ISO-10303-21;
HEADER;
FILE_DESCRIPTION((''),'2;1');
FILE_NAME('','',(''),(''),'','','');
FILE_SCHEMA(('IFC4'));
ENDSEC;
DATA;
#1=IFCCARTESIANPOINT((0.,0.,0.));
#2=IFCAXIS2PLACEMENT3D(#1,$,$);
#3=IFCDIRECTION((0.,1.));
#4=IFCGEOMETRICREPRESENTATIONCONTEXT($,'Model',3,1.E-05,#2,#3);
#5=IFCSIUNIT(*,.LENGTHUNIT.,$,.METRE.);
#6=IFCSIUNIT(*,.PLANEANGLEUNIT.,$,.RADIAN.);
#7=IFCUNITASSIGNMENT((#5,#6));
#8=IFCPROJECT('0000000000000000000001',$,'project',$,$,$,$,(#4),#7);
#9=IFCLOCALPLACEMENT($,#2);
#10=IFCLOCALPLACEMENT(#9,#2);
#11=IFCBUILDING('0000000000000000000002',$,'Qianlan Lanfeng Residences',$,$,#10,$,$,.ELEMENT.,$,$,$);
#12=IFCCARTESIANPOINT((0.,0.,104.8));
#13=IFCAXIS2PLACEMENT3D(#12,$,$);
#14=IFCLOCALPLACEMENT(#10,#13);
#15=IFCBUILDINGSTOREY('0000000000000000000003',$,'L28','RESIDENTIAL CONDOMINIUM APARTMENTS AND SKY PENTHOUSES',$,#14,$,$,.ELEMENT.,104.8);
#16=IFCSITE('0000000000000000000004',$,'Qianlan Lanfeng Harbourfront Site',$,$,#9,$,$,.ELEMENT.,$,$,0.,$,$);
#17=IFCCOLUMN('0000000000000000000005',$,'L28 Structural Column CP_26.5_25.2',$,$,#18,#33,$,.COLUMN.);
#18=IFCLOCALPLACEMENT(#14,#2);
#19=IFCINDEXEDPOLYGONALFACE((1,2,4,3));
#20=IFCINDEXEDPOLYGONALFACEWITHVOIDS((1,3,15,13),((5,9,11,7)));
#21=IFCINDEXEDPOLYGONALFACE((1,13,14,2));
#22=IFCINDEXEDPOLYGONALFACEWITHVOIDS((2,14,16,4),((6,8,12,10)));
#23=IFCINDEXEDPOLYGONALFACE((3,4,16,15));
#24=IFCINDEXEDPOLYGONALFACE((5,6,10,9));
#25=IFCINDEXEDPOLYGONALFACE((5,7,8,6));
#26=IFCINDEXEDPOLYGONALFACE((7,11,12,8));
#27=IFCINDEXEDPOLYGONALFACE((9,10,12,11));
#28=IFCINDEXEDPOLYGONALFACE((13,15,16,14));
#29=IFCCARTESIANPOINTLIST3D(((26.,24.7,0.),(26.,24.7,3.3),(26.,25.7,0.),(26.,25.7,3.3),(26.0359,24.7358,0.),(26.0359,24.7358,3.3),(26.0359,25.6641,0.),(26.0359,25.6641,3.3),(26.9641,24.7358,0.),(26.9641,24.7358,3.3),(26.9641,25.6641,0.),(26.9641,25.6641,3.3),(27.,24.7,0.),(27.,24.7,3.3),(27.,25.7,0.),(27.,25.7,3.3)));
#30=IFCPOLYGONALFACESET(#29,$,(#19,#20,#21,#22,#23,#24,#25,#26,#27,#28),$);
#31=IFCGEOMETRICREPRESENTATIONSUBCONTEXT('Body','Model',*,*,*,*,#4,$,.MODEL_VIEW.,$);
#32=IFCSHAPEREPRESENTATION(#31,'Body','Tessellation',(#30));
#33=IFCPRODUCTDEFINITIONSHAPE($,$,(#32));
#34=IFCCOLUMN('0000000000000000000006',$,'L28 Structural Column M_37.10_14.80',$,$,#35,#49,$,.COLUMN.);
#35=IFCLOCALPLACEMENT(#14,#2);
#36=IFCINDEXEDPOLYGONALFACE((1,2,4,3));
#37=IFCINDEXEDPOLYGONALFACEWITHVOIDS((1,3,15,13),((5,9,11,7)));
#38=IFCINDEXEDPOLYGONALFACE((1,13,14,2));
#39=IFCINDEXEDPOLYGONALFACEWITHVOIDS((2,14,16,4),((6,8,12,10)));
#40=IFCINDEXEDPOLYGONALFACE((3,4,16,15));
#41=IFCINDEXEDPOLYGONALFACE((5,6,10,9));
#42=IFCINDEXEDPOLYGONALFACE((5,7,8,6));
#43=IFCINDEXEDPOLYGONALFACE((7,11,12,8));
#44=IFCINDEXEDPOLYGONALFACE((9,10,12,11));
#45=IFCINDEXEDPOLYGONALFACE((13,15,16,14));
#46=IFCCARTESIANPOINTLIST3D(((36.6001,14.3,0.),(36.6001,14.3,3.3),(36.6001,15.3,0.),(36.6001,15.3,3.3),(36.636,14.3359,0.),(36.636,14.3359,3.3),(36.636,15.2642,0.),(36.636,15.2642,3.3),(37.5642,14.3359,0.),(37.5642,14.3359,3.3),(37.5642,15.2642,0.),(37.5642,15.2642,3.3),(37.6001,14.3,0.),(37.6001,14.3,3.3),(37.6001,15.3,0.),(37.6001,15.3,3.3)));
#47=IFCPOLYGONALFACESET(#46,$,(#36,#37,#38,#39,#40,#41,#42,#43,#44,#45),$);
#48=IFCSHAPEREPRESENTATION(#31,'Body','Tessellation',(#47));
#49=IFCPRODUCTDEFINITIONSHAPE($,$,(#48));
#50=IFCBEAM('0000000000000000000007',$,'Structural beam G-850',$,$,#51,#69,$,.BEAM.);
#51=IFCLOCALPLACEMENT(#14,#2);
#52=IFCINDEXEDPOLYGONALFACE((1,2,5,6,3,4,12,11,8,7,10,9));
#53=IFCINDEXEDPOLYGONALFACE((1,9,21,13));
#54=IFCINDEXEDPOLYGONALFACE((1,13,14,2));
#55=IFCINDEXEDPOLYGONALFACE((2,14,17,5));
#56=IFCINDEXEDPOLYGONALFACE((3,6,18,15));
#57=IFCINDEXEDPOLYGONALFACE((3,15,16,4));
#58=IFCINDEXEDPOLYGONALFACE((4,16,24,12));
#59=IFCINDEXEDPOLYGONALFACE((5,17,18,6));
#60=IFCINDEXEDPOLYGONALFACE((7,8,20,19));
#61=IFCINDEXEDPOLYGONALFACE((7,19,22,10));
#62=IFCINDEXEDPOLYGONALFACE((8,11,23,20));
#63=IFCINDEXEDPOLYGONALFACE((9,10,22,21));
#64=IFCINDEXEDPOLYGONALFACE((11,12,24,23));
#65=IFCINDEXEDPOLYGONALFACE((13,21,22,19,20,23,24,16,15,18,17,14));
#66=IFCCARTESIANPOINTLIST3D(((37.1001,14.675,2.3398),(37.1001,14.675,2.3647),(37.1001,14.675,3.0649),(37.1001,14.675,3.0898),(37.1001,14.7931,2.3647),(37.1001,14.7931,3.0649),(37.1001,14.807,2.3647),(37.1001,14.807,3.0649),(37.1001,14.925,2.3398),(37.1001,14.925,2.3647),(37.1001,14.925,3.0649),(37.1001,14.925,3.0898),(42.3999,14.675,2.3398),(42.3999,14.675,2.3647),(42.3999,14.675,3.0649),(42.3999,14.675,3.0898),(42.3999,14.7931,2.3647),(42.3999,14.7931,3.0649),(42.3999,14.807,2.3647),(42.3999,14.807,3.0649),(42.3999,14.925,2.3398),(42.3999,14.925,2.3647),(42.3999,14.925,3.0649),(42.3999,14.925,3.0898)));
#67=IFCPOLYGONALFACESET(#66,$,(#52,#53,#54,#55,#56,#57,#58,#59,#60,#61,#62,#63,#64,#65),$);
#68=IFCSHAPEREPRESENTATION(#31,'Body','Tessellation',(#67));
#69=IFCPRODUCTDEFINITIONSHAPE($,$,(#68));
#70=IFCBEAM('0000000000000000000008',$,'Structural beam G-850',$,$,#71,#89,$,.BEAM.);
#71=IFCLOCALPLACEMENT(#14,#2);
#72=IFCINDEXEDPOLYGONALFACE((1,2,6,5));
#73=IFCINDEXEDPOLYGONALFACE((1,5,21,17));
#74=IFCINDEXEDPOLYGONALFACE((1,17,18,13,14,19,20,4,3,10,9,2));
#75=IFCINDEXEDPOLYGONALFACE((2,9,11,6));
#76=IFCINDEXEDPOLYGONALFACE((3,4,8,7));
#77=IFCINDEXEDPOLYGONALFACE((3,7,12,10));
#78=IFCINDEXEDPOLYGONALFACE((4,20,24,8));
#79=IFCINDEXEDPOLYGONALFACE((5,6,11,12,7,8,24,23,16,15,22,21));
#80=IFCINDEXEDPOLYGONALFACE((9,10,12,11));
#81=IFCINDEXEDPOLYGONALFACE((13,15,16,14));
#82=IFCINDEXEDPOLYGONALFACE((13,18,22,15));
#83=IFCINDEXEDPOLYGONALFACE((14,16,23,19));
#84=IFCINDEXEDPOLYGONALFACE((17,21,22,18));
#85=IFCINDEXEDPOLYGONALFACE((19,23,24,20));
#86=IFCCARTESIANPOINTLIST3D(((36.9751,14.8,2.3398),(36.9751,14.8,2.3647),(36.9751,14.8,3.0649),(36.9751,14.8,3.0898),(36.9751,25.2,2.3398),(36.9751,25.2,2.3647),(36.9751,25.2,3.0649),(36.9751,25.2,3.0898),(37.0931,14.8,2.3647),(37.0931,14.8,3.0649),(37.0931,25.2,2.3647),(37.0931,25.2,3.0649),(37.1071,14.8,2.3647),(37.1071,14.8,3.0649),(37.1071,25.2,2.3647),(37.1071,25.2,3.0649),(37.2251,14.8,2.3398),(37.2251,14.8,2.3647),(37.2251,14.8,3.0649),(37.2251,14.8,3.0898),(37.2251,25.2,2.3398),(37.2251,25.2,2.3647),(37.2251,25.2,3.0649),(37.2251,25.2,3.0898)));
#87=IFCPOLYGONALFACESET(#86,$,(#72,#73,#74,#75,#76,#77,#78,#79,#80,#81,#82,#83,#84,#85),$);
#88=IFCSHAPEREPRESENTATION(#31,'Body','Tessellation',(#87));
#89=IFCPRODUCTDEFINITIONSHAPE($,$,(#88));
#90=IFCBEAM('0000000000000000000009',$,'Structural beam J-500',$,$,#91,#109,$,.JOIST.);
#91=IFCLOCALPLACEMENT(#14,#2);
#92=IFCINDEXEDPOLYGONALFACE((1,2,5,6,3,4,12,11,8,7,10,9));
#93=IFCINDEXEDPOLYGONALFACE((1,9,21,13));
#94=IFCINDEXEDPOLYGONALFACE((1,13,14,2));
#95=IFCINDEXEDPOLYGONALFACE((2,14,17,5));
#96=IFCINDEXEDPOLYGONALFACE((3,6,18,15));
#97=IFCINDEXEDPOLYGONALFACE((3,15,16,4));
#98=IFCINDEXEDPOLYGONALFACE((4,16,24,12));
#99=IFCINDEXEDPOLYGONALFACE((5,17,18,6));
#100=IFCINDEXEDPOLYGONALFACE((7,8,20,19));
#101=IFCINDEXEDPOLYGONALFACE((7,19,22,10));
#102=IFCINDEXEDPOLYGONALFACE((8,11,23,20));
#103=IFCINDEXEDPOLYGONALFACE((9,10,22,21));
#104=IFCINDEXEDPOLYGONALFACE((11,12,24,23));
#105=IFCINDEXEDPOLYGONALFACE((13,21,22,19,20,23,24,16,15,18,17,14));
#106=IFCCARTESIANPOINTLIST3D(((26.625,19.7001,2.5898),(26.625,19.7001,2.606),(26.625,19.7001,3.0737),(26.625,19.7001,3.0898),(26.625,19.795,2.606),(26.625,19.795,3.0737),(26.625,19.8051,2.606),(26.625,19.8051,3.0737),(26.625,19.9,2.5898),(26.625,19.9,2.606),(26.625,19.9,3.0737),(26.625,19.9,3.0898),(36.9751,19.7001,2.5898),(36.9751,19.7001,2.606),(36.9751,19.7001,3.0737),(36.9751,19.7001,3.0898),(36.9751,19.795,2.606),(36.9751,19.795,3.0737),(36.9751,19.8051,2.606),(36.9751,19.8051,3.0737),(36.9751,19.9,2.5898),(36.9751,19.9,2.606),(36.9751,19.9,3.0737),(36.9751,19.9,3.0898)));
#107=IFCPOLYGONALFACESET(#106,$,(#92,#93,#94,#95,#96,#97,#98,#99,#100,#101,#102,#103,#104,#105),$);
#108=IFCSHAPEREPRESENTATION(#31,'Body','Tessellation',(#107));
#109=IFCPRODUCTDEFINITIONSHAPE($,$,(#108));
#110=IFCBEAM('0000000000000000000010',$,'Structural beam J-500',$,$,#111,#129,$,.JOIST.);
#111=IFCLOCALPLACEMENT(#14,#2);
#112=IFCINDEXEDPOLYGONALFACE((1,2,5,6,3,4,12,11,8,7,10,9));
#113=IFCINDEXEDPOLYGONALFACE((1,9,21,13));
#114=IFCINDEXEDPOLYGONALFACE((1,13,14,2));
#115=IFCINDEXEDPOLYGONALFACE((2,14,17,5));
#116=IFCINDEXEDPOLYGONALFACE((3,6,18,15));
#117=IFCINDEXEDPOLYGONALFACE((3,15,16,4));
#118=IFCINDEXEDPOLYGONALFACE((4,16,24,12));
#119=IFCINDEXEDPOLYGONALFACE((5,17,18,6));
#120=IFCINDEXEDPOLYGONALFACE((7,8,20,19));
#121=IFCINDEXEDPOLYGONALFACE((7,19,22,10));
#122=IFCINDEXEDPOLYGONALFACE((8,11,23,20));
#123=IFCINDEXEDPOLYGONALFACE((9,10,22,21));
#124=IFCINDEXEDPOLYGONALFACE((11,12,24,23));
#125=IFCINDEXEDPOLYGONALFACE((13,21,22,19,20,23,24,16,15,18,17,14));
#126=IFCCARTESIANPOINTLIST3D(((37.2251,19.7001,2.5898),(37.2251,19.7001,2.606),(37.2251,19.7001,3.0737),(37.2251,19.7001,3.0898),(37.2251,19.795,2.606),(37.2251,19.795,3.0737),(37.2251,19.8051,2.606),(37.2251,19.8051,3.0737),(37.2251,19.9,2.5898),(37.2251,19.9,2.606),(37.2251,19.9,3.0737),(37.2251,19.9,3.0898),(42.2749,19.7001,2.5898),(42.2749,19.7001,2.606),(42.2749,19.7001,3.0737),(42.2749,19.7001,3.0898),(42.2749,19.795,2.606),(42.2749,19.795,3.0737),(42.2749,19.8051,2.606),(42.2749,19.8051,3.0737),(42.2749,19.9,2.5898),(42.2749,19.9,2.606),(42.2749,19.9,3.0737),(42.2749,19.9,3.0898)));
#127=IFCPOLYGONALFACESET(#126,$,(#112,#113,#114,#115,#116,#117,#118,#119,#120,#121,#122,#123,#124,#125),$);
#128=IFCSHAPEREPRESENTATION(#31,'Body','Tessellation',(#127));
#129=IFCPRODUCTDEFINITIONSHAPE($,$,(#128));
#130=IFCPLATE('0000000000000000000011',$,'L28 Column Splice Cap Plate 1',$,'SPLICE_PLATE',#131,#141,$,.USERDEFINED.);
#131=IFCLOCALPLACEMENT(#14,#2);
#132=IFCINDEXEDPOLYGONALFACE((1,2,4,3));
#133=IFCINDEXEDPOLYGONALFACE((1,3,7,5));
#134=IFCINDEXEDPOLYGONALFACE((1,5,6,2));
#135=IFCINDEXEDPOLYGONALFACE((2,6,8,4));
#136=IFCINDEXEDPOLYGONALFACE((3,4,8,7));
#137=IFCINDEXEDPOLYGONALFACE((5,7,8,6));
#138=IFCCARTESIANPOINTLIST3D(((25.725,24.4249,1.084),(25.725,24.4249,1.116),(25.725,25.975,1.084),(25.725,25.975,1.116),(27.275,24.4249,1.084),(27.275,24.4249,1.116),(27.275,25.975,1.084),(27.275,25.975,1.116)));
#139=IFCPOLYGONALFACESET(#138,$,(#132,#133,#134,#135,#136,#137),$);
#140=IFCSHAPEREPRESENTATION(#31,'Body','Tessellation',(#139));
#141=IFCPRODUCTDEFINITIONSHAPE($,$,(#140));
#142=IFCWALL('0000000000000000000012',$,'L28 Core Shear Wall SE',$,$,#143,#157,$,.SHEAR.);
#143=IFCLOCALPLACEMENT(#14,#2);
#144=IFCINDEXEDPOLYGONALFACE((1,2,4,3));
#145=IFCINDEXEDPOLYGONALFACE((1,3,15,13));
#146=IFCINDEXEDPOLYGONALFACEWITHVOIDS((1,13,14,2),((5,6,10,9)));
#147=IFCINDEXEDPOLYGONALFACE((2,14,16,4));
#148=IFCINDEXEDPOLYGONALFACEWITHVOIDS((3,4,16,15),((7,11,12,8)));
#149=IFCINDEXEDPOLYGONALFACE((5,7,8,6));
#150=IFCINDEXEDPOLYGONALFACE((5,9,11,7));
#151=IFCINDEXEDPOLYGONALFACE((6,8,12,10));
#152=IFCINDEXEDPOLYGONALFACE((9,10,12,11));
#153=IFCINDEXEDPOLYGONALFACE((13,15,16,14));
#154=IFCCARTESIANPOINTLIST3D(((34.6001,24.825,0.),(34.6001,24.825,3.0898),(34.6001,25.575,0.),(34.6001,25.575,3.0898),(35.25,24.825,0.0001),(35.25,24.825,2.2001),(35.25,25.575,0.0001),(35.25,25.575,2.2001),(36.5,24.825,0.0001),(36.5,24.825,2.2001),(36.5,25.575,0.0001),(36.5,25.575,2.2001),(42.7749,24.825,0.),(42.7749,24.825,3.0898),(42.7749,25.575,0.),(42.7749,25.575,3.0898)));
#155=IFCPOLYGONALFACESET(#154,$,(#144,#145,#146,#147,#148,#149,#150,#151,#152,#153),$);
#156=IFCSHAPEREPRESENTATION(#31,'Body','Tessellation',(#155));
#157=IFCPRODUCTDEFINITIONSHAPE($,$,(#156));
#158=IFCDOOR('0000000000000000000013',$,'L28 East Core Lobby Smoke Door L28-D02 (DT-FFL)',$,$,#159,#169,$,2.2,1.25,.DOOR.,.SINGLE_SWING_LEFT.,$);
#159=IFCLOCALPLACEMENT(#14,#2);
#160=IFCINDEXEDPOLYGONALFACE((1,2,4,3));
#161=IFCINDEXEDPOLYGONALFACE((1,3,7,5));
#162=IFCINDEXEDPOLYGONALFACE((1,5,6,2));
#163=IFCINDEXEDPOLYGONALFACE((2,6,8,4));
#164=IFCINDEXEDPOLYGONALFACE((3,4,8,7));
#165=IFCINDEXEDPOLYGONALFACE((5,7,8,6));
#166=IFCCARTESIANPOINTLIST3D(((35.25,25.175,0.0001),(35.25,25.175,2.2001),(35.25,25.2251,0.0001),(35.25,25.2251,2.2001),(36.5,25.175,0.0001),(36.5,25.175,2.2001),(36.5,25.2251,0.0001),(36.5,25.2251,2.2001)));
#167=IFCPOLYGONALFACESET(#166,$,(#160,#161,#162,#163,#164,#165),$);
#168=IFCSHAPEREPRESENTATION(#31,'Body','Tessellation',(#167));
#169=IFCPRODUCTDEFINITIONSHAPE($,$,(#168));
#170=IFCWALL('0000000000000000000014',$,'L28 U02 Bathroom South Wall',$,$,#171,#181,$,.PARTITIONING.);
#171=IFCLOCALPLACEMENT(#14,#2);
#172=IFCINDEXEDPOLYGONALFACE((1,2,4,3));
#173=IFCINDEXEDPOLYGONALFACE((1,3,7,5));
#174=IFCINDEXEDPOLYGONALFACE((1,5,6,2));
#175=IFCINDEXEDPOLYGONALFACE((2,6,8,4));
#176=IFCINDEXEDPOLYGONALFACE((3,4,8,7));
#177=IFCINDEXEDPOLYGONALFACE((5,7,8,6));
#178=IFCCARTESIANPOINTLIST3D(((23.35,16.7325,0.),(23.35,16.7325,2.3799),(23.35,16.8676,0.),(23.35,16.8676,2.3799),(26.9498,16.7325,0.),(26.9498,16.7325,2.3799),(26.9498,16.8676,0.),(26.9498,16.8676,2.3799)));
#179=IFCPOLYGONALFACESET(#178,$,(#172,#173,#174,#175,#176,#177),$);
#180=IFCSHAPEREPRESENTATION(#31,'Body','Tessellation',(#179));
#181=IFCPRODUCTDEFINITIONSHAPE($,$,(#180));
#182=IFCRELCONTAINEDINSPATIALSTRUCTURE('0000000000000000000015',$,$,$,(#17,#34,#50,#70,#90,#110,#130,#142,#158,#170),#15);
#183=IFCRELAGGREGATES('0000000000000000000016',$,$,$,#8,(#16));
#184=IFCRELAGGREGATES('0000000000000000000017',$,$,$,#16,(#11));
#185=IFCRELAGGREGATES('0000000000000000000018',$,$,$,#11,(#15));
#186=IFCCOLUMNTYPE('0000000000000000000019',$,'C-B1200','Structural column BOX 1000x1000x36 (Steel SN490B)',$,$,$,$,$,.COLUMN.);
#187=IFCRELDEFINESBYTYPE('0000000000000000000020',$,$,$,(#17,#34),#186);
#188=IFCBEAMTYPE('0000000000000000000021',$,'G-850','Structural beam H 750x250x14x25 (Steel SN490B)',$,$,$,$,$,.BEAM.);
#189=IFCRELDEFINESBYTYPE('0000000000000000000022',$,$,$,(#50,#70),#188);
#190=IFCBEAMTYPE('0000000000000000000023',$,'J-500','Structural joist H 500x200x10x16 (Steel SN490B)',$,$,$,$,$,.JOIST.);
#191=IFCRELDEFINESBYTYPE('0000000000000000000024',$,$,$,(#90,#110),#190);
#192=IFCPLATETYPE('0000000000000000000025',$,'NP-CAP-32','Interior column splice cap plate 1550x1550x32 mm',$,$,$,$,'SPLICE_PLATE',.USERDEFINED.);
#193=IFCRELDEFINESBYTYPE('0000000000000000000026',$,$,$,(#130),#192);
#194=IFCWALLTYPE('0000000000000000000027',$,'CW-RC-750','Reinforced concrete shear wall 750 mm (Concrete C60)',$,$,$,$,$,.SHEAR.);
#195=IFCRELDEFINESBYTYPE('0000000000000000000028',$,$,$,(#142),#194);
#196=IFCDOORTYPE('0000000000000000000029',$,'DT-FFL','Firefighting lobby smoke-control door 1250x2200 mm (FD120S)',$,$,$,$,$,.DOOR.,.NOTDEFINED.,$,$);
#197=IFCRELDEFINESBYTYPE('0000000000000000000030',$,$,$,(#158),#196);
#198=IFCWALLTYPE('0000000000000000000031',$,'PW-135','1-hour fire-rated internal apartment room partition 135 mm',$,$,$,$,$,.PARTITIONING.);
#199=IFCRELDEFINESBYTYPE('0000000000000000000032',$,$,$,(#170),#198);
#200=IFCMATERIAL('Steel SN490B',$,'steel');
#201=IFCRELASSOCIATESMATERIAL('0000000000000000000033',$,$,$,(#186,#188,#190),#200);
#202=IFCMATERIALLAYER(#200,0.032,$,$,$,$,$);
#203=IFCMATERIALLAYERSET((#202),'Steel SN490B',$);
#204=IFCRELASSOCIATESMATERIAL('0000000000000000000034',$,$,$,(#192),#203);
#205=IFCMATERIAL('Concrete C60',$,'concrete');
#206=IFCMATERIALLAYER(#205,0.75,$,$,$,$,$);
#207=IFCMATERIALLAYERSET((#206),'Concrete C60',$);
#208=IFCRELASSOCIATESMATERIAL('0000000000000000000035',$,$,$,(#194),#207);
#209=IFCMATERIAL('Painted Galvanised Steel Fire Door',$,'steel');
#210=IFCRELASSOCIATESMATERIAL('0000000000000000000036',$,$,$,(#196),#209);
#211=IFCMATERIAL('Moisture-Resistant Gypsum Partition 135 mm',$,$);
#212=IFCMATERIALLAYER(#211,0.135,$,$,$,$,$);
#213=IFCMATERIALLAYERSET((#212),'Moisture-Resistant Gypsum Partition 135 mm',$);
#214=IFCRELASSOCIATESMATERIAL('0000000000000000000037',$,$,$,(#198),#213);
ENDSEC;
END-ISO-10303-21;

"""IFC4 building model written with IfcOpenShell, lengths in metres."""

from ifc_helpers import new_model, si_unit, direction, frame, frame_2d, origin, origin_2d, place, context, subcontext, project, spatial, rectangle, hollow_rectangle, i_section, extrude, source, transform, mapped, material, layer, layer_set, material_profile, profile_set, type_object, element, fill, save


model = new_model("IFC4")

# Units and contexts
model_context = context("Model", 3, precision=1e-05, world=origin(), true_north=direction((0.0, 1.0)))
body_context = subcontext(model_context, "Body", "Model", "MODEL_VIEW")
ifc_project = project(units=[si_unit("LENGTHUNIT", "METRE"), si_unit("PLANEANGLEUNIT", "RADIAN")], contexts=[model_context])

# Site, building, storey
site_placement = place(None, origin())
site = spatial("IfcSite", under=ifc_project, at=site_placement, Name="Qianlan Lanfeng Harbourfront Site", CompositionType="ELEMENT", RefElevation=0.0)
building_placement = place(site_placement, origin())
building = spatial("IfcBuilding", under=site, at=building_placement, Name="Qianlan Lanfeng Residences", CompositionType="ELEMENT")
storey_placement = place(building_placement, frame((0.0, 0.0, 104.8)))
storey = spatial("IfcBuildingStorey", under=building, at=storey_placement, Name="L28", Description="RESIDENTIAL CONDOMINIUM APARTMENTS AND SKY PENTHOUSES", CompositionType="ELEMENT", Elevation=104.8)

# Columns
ifc_material_1 = material(Name="Steel SN490B", Category="steel")
ifc_material_profile_1 = material_profile(ifc_material_1, hollow_rectangle(XDim=1.0, YDim=1.0, WallThickness=0.0359, at=origin_2d()), Name="BOX 1000x1000x36")
ifc_profile_set_1 = profile_set([ifc_material_profile_1], Name="Steel SN490B")
column_type = type_object("IfcColumnType", Name="C-B1200", Description="Structural column BOX 1000x1000x36 (Steel SN490B)", PredefinedType="COLUMN", material=ifc_profile_set_1)
for number, where, z_axis, x_axis, name in (
    (1, (26.5, 25.2, 0.0), (0.0, 0.0, 1.0), (1.0, 0.0, 0.0), "L28 Structural Column CP_26.5_25.2"),
    (2, (37.1001, 14.8, 0.0), (0.0, 0.0, 1.0), (1.0, 0.0, 0.0), "L28 Structural Column M_37.10_14.80"),
):
    element("IfcColumn", number, at=place(storey_placement, frame(where, z_axis=z_axis, x_axis=x_axis)), inside=storey, type_object=column_type, Name=name, PredefinedType="COLUMN", context=body_context, shape_type="SweptSolid", body=[
        extrude(hollow_rectangle(XDim=1.0, YDim=1.0, WallThickness=0.0359, at=origin_2d()), origin(), (0.0, 0.0, 1.0), 3.3),
    ])

# Beams
ifc_material_profile_2 = material_profile(ifc_material_1, i_section(OverallWidth=0.25, OverallDepth=0.75, WebThickness=0.0139, FlangeThickness=0.0249, at=origin_2d()), Name="H 750x250x14x25")
ifc_profile_set_2 = profile_set([ifc_material_profile_2], Name="Steel SN490B")
beam_type_1 = type_object("IfcBeamType", Name="G-850", Description="Structural beam H 750x250x14x25 (Steel SN490B)", PredefinedType="BEAM", material=ifc_profile_set_2)
beam_1_placement = place(storey_placement, frame((37.1001, 14.8, 2.7148), z_axis=(1.0, 0.0, 0.0), x_axis=(0.0, 1.0, 0.0)))
element("IfcBeam", 3, at=beam_1_placement, inside=storey, type_object=beam_type_1, Name="Structural beam G-850", PredefinedType="BEAM", context=body_context, shape_type="SweptSolid", body=[
    extrude(i_section(OverallWidth=0.25, OverallDepth=0.75, WebThickness=0.0139, FlangeThickness=0.0249, at=origin_2d()), origin(), (0.0, 0.0, 1.0), 5.2998),
])
beam_2_placement = place(storey_placement, frame((37.1001, 14.8, 2.7148), z_axis=(0.0, 1.0, 0.0), x_axis=(-1.0, 0.0, 0.0)))
element("IfcBeam", 4, at=beam_2_placement, inside=storey, type_object=beam_type_1, Name="Structural beam G-850", PredefinedType="BEAM", context=body_context, shape_type="SweptSolid", body=[
    extrude(i_section(OverallWidth=0.25, OverallDepth=0.75, WebThickness=0.0139, FlangeThickness=0.0249, at=origin_2d()), origin(), (0.0, 0.0, 1.0), 10.3999),
])
ifc_material_profile_3 = material_profile(ifc_material_1, i_section(OverallWidth=0.2, OverallDepth=0.5, WebThickness=0.01, FlangeThickness=0.0161, at=origin_2d()), Name="H 500x200x10x16")
ifc_profile_set_3 = profile_set([ifc_material_profile_3], Name="Steel SN490B")
beam_type_2 = type_object("IfcBeamType", Name="J-500", Description="Structural joist H 500x200x10x16 (Steel SN490B)", PredefinedType="JOIST", material=ifc_profile_set_3)
beam_3_placement = place(storey_placement, frame((26.625, 19.8, 2.8398), z_axis=(1.0, 0.0, 0.0), x_axis=(0.0, 1.0, 0.0)))
element("IfcBeam", 5, at=beam_3_placement, inside=storey, type_object=beam_type_2, Name="Structural beam J-500", PredefinedType="JOIST", context=body_context, shape_type="SweptSolid", body=[
    extrude(i_section(OverallWidth=0.2, OverallDepth=0.5, WebThickness=0.01, FlangeThickness=0.0161, at=origin_2d()), origin(), (0.0, 0.0, 1.0), 10.3501),
])
beam_4_placement = place(storey_placement, frame((37.2251, 19.8, 2.8398), z_axis=(1.0, 0.0, 0.0), x_axis=(0.0, 1.0, 0.0)))
element("IfcBeam", 6, at=beam_4_placement, inside=storey, type_object=beam_type_2, Name="Structural beam J-500", PredefinedType="JOIST", context=body_context, shape_type="SweptSolid", body=[
    extrude(i_section(OverallWidth=0.2, OverallDepth=0.5, WebThickness=0.01, FlangeThickness=0.0161, at=origin_2d()), origin(), (0.0, 0.0, 1.0), 5.0498),
])

# Plate
ifc_layer_1 = layer(ifc_material_1, 0.032)
ifc_layer_set_1 = layer_set([ifc_layer_1], Name="Steel SN490B")
plate_type = type_object("IfcPlateType", Name="NP-CAP-32", Description="Interior column splice cap plate 1550x1550x32 mm", ElementType="SPLICE_PLATE", PredefinedType="USERDEFINED", material=ifc_layer_set_1)
shared_shape = source(origin(), body_context, "Body", "SweptSolid", [
    extrude(rectangle(XDim=1.55, YDim=1.55, at=origin_2d()), origin(), (0.0, 0.0, 1.0), 0.032),
])
plate_placement = place(storey_placement, frame((26.5, 25.2, 1.084), z_axis=(0.0, 0.0, 1.0), x_axis=(1.0, 0.0, 0.0)))
element("IfcPlate", 7, at=plate_placement, inside=storey, type_object=plate_type, Name="L28 Column Splice Cap Plate 1", ObjectType="SPLICE_PLATE", PredefinedType="USERDEFINED", context=body_context, shape_type="MappedRepresentation", body=[
    mapped(shared_shape, transform((0.0, 0.0, 0.0), scale=1.0)),
])

# Wall, opening, door
ifc_material_2 = material(Name="Concrete C60", Category="concrete")
ifc_layer_2 = layer(ifc_material_2, 0.75)
ifc_layer_set_2 = layer_set([ifc_layer_2], Name="Concrete C60")
wall_type_1 = type_object("IfcWallType", Name="CW-RC-750", Description="Reinforced concrete shear wall 750 mm (Concrete C60)", PredefinedType="SHEAR", material=ifc_layer_set_2)
wall_1_placement = place(storey_placement, frame((34.6001, 25.2, 0.0), z_axis=(0.0, 0.0, 1.0), x_axis=(1.0, 0.0, 0.0)))
wall_1 = element("IfcWall", 8, at=wall_1_placement, inside=storey, type_object=wall_type_1, Name="L28 Core Shear Wall SE", PredefinedType="SHEAR", context=body_context, shape_type="SweptSolid", body=[
    extrude(rectangle(XDim=8.1748, YDim=0.75, at=frame_2d((4.0874, 0.0))), origin(), (0.0, 0.0, 1.0), 3.0898),
])
opening_1_placement = place(wall_1_placement, frame((0.6499, 0.0, 0.0)))
opening_1 = element("IfcOpeningElement", 9, at=opening_1_placement, cuts=wall_1, PredefinedType="OPENING", context=body_context, shape_type="SweptSolid", body=[
    extrude(rectangle(XDim=1.25, YDim=2.2, at=frame_2d((0.625, 1.1001))), frame((0.0, 0.385, 0.0), z_axis=(0.0, -1.0, 0.0), x_axis=(1.0, 0.0, 0.0)), (0.0, 0.0, 1.0), 0.77),
])
ifc_material_3 = material(Name="Painted Galvanised Steel Fire Door", Category="steel")
door_type_1 = type_object("IfcDoorType", Name="DT-FFL", Description="Firefighting lobby smoke-control door 1250x2200 mm (FD120S)", OperationType="NOTDEFINED", PredefinedType="DOOR", material=ifc_material_3)
door_1_placement = place(opening_1_placement, frame((1.25, 0.0, 0.0), z_axis=(0.0, 0.0, 1.0), x_axis=(-1.0, 0.0, 0.0)))
door_1 = element("IfcDoor", 10, at=door_1_placement, inside=storey, type_object=door_type_1, Name="L28 East Core Lobby Smoke Door L28-D02 (DT-FFL)", OperationType="SINGLE_SWING_LEFT", OverallHeight=2.2, OverallWidth=1.25, PredefinedType="DOOR", context=body_context, shape_type="SweptSolid", body=[
    extrude(rectangle(XDim=1.25, YDim=2.2, at=frame_2d((0.625, 1.1001))), frame((0.0, 0.0249, 0.0), z_axis=(0.0, -1.0, 0.0), x_axis=(1.0, 0.0, 0.0)), (0.0, 0.0, 1.0), 0.05),
])
fill(opening_1, door_1)

# Wall
ifc_material_4 = material(Name="Moisture-Resistant Gypsum Partition 135 mm")
ifc_layer_3 = layer(ifc_material_4, 0.135)
ifc_layer_set_3 = layer_set([ifc_layer_3], Name="Moisture-Resistant Gypsum Partition 135 mm")
wall_type_2 = type_object("IfcWallType", Name="PW-135", Description="1-hour fire-rated internal apartment room partition 135 mm", PredefinedType="PARTITIONING", material=ifc_layer_set_3)
wall_2_placement = place(storey_placement, frame((23.3501, 16.8, 0.0), z_axis=(0.0, 0.0, 1.0), x_axis=(1.0, 0.0, 0.0)))
element("IfcWall", 11, at=wall_2_placement, inside=storey, type_object=wall_type_2, Name="L28 U02 Bathroom South Wall", PredefinedType="PARTITIONING", context=body_context, shape_type="SweptSolid", body=[
    extrude(rectangle(XDim=3.5999, YDim=0.135, at=frame_2d((1.7998, 0.0))), origin(), (0.0, 0.0, 1.0), 2.3799),
])

save(model, "model.ifc")
